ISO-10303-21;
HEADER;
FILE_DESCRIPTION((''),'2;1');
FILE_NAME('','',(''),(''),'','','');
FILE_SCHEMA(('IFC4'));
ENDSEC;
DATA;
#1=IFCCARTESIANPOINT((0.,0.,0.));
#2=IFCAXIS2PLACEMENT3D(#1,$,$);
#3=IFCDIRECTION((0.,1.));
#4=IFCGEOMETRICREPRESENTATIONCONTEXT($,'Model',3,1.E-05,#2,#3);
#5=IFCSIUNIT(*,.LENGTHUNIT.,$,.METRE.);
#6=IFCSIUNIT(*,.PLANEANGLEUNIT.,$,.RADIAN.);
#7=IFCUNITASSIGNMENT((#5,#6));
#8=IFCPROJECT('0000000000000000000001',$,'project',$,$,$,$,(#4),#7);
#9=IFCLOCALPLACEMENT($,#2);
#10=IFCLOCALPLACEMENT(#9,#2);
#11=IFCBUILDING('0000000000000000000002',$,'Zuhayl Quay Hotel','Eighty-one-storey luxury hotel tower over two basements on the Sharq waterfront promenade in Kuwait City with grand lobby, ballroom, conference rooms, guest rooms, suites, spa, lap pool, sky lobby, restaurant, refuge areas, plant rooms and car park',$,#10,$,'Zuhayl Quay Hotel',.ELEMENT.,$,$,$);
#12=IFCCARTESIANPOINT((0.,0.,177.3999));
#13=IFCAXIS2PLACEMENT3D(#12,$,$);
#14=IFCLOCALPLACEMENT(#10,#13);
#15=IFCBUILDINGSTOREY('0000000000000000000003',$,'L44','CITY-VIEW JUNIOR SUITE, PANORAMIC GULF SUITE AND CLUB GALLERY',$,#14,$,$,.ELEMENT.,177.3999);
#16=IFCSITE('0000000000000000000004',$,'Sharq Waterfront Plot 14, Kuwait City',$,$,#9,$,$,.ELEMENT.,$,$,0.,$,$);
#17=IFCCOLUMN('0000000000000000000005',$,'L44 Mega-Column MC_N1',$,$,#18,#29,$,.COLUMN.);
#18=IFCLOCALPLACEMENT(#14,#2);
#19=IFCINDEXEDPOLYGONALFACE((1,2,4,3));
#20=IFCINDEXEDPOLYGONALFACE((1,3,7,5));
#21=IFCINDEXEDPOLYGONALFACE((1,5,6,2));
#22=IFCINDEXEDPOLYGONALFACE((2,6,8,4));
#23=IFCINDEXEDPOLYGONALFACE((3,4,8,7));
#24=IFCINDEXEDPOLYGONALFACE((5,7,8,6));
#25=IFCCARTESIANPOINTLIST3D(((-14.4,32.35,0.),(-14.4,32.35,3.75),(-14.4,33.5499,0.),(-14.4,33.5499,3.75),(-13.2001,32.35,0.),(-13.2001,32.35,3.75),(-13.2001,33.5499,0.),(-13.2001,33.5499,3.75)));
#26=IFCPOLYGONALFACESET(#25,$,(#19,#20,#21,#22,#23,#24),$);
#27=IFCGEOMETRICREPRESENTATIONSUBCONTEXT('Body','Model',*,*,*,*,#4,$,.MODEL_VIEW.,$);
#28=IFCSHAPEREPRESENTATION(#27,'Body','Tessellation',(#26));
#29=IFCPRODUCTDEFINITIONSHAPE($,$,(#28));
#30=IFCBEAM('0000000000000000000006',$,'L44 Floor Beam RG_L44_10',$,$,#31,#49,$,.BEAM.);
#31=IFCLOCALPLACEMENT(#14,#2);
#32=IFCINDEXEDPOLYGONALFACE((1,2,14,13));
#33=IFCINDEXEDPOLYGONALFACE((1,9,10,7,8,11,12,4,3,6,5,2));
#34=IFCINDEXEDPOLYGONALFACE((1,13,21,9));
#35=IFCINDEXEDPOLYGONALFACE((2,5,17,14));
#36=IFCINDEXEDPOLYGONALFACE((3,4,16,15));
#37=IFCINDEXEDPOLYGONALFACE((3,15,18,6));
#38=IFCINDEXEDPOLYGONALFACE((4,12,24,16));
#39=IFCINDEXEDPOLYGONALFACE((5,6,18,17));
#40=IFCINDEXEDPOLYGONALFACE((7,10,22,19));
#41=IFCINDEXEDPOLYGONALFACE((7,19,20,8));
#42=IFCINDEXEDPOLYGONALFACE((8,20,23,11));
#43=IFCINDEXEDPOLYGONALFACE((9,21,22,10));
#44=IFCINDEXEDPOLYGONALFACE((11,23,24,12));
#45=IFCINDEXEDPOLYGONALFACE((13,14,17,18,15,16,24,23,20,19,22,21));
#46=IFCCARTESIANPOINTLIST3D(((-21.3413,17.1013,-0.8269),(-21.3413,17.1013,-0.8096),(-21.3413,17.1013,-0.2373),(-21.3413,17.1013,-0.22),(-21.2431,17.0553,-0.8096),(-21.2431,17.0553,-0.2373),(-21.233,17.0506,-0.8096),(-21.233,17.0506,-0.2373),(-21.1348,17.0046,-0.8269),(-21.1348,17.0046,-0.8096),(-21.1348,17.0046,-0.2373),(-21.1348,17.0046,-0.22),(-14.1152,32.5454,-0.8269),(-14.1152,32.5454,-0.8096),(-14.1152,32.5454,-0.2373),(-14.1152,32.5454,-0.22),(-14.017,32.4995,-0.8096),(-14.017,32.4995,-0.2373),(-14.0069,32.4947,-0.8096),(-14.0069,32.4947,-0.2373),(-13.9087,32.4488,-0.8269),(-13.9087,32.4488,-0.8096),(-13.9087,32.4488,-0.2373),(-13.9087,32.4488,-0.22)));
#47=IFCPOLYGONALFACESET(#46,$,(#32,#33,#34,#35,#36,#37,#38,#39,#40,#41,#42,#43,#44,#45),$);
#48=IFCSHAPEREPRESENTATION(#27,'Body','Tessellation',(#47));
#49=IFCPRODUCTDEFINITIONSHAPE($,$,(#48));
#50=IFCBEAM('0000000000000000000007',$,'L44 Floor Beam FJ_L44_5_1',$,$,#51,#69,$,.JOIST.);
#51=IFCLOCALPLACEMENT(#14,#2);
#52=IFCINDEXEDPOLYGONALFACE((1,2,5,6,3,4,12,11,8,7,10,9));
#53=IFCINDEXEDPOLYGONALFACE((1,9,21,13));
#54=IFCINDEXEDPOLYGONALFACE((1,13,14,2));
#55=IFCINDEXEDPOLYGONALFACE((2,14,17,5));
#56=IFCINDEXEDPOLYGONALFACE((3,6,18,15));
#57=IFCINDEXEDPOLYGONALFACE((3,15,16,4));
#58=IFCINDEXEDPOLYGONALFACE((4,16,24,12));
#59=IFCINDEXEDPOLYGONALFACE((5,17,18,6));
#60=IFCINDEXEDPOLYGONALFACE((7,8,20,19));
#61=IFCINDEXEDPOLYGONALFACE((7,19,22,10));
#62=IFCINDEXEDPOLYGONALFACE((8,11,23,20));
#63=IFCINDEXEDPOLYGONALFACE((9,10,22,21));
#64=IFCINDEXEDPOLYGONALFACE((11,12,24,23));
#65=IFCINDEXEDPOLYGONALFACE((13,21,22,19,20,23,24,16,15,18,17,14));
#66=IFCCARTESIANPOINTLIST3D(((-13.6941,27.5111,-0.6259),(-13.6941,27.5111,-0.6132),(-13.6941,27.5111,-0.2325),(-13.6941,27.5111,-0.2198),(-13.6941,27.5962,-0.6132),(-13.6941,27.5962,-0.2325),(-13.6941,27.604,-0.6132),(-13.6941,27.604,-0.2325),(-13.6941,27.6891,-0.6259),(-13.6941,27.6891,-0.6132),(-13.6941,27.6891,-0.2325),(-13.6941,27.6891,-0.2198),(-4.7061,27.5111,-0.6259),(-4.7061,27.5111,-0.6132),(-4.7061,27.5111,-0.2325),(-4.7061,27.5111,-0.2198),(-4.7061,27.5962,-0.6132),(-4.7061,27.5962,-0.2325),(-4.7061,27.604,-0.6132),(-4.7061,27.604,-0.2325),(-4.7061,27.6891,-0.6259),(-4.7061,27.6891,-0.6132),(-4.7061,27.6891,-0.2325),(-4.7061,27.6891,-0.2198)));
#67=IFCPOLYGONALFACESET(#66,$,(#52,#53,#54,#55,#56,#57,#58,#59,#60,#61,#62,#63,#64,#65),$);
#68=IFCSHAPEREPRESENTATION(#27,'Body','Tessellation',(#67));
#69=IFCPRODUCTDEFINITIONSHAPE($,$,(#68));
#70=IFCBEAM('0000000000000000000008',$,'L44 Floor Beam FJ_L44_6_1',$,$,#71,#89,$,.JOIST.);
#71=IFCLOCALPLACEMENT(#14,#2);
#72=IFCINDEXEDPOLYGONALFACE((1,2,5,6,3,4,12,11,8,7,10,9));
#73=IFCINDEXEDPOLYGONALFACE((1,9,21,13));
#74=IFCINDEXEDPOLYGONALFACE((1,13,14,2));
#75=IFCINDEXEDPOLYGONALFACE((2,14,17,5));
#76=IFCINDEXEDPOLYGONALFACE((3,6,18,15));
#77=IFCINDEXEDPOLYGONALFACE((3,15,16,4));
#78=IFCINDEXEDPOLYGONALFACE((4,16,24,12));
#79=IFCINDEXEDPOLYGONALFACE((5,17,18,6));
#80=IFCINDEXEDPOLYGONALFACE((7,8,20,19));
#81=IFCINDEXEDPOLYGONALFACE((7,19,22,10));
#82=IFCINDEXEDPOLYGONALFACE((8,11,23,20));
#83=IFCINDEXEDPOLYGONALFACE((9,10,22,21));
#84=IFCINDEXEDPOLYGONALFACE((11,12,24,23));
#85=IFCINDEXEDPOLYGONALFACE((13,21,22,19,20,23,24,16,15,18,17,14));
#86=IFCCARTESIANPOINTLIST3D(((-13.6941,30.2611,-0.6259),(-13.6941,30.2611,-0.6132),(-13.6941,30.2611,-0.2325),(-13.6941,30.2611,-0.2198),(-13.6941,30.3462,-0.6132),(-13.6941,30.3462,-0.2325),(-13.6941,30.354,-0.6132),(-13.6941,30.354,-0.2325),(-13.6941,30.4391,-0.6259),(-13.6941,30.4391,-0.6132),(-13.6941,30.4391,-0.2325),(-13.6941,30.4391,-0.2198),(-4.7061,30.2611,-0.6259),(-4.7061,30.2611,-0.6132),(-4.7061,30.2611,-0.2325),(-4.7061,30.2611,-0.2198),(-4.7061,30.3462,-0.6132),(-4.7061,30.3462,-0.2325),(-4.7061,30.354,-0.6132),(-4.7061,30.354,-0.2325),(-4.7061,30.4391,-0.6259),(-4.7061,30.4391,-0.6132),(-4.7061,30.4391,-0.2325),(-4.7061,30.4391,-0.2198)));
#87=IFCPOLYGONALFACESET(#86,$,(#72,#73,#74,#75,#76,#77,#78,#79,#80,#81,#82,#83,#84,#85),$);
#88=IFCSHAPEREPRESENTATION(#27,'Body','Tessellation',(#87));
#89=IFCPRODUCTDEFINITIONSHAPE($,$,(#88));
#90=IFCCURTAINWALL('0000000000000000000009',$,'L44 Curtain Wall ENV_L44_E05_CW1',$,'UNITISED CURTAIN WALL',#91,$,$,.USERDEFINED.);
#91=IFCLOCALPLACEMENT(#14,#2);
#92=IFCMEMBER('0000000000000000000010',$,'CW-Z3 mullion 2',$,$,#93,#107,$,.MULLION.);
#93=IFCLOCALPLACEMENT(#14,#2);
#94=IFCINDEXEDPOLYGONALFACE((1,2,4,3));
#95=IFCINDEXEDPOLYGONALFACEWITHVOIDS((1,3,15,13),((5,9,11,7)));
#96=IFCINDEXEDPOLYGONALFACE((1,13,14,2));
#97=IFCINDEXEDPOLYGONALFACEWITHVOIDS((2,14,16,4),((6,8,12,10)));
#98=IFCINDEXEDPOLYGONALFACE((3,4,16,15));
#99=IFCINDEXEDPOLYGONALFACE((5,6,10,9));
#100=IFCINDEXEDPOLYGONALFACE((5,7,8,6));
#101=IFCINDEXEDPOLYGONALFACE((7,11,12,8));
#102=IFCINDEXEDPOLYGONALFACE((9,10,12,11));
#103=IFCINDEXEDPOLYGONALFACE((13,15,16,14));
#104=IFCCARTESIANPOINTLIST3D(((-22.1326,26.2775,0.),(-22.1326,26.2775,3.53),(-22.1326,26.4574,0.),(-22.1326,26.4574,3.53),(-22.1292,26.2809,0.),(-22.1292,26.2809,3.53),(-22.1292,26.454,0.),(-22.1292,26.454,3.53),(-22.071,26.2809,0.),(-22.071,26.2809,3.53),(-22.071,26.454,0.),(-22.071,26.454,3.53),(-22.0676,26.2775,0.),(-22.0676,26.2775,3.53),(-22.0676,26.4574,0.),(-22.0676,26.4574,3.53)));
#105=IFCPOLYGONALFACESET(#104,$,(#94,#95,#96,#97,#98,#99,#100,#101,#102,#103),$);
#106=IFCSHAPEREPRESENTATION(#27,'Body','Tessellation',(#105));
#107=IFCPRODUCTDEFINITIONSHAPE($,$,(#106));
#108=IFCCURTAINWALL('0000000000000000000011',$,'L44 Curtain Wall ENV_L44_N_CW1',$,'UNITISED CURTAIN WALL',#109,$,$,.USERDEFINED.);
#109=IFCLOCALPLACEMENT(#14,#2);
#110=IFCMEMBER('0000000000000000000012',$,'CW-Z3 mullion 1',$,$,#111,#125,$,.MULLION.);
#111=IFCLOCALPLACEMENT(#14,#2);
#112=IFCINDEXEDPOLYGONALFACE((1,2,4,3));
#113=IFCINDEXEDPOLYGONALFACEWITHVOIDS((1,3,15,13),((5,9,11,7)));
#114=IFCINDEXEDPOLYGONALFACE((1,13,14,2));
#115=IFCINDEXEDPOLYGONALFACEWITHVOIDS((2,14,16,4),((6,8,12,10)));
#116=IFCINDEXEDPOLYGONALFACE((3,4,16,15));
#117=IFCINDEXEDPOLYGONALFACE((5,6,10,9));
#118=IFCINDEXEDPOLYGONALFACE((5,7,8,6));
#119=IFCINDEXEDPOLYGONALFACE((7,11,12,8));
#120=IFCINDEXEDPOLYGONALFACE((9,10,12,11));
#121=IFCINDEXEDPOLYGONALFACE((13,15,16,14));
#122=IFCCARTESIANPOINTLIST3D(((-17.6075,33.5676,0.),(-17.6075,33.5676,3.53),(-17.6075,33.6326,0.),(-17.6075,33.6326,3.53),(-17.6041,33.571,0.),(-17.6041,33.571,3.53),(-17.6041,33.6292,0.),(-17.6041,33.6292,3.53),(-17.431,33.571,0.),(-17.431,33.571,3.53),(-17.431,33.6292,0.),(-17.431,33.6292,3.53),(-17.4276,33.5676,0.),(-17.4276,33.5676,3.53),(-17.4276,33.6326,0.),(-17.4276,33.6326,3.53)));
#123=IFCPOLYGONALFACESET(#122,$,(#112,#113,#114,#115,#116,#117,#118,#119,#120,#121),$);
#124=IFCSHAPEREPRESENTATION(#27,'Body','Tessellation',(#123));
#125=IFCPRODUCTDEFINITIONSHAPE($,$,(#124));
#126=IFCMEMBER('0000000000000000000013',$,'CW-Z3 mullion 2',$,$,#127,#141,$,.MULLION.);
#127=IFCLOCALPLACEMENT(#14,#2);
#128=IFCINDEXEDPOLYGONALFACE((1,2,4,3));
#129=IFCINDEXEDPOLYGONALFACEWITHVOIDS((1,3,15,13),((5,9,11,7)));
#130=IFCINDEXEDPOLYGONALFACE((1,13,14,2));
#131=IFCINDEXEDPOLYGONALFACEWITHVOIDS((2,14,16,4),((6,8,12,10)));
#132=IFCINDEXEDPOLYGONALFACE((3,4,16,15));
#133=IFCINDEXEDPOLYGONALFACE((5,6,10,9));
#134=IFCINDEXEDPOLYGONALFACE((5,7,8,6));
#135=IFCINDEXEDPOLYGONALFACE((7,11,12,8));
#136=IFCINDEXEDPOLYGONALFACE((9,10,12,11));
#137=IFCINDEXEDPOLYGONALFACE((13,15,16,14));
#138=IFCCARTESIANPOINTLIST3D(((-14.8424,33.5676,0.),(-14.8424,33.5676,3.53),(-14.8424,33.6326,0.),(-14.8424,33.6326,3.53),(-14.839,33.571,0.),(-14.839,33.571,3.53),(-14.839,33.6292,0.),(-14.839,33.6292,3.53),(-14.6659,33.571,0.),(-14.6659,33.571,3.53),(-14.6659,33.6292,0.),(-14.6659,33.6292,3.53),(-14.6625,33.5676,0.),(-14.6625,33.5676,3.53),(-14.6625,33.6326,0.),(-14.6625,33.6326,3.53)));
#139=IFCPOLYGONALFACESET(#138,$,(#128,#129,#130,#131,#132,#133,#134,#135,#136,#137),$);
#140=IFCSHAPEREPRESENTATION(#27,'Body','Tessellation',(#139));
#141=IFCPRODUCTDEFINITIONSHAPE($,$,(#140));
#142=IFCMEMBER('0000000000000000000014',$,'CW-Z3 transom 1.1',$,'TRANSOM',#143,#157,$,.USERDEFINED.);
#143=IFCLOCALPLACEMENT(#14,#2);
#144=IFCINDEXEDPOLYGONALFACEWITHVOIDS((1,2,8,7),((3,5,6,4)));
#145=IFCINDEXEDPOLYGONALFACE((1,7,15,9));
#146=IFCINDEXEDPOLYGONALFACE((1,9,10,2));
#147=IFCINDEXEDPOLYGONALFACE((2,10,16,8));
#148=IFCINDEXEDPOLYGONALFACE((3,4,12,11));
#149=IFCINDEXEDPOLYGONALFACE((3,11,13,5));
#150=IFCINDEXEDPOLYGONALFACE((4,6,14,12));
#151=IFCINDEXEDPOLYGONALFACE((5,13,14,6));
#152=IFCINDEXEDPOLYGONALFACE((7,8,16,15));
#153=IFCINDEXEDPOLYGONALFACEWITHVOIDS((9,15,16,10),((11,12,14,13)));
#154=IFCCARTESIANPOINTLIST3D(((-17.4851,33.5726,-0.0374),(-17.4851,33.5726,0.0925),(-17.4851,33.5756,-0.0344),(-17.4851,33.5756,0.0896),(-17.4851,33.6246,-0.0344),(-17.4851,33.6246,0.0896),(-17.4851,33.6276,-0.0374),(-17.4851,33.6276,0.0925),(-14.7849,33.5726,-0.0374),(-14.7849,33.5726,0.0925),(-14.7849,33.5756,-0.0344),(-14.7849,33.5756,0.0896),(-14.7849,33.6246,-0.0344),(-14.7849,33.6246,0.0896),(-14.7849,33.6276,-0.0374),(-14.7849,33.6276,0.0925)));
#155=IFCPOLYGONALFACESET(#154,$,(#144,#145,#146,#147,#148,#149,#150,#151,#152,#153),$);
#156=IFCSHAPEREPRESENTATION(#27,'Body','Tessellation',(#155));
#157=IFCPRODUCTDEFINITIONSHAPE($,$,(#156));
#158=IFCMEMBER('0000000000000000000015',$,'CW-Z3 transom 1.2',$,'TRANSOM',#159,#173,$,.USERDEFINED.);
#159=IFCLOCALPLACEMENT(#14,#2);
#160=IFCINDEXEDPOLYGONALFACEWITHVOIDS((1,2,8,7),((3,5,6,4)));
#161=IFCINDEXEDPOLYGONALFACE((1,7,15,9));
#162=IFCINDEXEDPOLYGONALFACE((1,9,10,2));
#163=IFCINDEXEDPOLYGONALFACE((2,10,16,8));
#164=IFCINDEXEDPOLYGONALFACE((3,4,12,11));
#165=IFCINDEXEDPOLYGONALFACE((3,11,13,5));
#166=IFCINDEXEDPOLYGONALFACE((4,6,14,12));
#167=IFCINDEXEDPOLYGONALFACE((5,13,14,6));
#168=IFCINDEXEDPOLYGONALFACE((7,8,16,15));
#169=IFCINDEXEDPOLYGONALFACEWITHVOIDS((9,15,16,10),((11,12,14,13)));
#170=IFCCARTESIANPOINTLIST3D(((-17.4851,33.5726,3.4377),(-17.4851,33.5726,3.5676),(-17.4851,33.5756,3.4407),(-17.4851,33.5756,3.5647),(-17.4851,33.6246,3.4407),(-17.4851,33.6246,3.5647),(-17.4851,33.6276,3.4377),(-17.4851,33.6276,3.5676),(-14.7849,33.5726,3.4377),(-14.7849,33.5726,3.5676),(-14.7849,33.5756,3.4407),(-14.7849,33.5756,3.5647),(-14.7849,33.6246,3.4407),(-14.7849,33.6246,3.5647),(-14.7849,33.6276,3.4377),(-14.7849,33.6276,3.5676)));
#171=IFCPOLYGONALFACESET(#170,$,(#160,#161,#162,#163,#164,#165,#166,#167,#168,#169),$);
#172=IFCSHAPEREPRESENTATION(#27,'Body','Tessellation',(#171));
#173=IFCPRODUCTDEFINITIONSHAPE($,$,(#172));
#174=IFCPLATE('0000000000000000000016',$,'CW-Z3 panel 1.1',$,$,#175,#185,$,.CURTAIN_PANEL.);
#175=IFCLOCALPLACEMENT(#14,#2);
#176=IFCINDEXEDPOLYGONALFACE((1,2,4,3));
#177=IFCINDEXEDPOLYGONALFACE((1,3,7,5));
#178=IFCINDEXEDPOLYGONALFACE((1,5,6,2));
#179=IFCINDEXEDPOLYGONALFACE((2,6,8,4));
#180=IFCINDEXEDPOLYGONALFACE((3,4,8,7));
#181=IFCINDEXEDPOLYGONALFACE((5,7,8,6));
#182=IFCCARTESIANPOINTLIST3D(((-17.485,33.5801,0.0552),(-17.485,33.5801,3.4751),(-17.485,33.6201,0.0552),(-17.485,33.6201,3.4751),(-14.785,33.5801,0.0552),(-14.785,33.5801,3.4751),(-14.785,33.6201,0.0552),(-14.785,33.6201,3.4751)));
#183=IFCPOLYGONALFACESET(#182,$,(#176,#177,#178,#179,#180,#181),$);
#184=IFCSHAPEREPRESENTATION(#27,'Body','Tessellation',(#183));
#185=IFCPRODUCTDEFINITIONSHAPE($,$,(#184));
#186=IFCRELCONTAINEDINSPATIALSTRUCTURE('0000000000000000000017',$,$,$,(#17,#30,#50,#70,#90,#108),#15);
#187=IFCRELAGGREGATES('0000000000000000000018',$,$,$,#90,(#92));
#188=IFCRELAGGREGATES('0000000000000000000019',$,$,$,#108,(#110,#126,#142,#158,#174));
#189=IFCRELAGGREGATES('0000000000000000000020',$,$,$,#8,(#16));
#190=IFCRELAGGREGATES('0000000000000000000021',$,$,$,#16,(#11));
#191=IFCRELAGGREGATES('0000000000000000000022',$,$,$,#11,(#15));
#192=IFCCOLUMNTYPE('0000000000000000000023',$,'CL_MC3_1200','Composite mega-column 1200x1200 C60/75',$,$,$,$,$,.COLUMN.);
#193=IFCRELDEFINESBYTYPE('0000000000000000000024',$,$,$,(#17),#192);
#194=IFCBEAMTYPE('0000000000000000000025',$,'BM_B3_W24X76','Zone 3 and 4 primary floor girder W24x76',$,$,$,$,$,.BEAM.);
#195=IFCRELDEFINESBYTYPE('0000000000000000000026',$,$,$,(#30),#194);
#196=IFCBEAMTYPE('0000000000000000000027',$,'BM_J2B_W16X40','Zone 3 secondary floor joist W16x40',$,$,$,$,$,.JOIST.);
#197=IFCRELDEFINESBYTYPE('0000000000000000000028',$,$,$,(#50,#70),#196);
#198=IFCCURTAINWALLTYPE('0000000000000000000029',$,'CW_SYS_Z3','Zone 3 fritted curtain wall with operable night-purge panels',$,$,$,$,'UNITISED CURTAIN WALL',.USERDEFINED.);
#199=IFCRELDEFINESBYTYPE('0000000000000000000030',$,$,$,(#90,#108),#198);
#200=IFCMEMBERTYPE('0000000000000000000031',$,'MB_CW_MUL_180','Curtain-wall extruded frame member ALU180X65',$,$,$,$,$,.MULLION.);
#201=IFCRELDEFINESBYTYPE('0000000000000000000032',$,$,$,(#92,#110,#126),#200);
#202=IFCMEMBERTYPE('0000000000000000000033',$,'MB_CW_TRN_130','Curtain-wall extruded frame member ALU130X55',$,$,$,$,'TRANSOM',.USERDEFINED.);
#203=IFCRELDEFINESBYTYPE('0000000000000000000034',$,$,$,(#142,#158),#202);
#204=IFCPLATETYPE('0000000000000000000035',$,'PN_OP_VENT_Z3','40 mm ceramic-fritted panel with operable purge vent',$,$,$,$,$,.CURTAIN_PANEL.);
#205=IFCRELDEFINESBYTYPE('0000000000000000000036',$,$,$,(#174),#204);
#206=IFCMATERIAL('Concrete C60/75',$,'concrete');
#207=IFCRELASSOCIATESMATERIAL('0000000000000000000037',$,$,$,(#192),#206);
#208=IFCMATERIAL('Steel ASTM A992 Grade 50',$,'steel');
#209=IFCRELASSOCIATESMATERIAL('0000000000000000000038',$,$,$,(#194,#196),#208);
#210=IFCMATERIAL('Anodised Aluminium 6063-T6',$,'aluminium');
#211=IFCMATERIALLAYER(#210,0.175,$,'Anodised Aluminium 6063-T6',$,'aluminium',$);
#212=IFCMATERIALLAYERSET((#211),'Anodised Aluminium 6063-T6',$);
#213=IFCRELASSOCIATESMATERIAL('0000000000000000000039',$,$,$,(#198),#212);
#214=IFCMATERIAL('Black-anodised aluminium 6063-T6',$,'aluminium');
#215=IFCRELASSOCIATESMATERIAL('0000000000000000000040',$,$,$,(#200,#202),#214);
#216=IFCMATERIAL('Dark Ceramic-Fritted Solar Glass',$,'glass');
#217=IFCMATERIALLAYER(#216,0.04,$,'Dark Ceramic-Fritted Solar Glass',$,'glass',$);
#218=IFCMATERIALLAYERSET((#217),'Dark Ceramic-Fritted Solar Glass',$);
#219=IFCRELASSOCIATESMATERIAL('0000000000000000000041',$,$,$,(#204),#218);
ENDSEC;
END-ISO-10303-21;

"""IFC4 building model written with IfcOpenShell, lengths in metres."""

from ifc_helpers import new_model, si_unit, direction, frame, origin, origin_2d, place, context, subcontext, project, spatial, rectangle, hollow_rectangle, i_section, extrude, material, layer, layer_set, material_profile, profile_set, type_object, element, aggregate, save


model = new_model("IFC4")

# Units and contexts
model_context = context("Model", 3, precision=1e-05, world=origin(), true_north=direction((0.0, 1.0)))
body_context = subcontext(model_context, "Body", "Model", "MODEL_VIEW")
ifc_project = project(units=[si_unit("LENGTHUNIT", "METRE"), si_unit("PLANEANGLEUNIT", "RADIAN")], contexts=[model_context])

# Site, building, storey
site_placement = place(None, origin())
site = spatial("IfcSite", under=ifc_project, at=site_placement, Name="Sharq Waterfront Plot 14, Kuwait City", CompositionType="ELEMENT", RefElevation=0.0)
building_placement = place(site_placement, origin())
building = spatial("IfcBuilding", under=site, at=building_placement, Name="Zuhayl Quay Hotel", Description="Eighty-one-storey luxury hotel tower over two basements on the Sharq waterfront promenade in Kuwait City with grand lobby, ballroom, conference rooms, guest rooms, suites, spa, lap pool, sky lobby, restaurant, refuge areas, plant rooms and car park", LongName="Zuhayl Quay Hotel", CompositionType="ELEMENT")
storey_placement = place(building_placement, frame((0.0, 0.0, 177.3999)))
storey = spatial("IfcBuildingStorey", under=building, at=storey_placement, Name="L44", Description="CITY-VIEW JUNIOR SUITE, PANORAMIC GULF SUITE AND CLUB GALLERY", CompositionType="ELEMENT", Elevation=177.3999)

# Column
ifc_material_1 = material(Name="Concrete C60/75", Category="concrete")
ifc_material_profile_1 = material_profile(ifc_material_1, rectangle(XDim=1.2, YDim=1.2, at=origin_2d()), Name="RC1200X1200")
ifc_profile_set_1 = profile_set([ifc_material_profile_1], Name="Concrete C60/75")
column_type = type_object("IfcColumnType", Name="CL_MC3_1200", Description="Composite mega-column 1200x1200 C60/75", PredefinedType="COLUMN", material=ifc_profile_set_1)
column_placement = place(storey_placement, frame((-13.8, 32.95, 0.0), z_axis=(0.0, 0.0, 1.0), x_axis=(1.0, 0.0, 0.0)))
element("IfcColumn", 1, at=column_placement, inside=storey, type_object=column_type, Name="L44 Mega-Column MC_N1", PredefinedType="COLUMN", context=body_context, shape_type="SweptSolid", body=[
    extrude(rectangle(XDim=1.2, YDim=1.2, at=origin_2d()), origin(), (0.0, 0.0, 1.0), 3.75),
])

# Beams
ifc_material_2 = material(Name="Steel ASTM A992 Grade 50", Category="steel")
ifc_material_profile_2 = material_profile(ifc_material_2, i_section(OverallWidth=0.228, OverallDepth=0.6069, WebThickness=0.0112, FlangeThickness=0.0173, at=origin_2d()), Name="W24X76")
ifc_profile_set_2 = profile_set([ifc_material_profile_2], Name="Steel ASTM A992 Grade 50")
beam_type_1 = type_object("IfcBeamType", Name="BM_B3_W24X76", Description="Zone 3 and 4 primary floor girder W24x76", PredefinedType="BEAM", material=ifc_profile_set_2)
beam_placement = place(storey_placement, frame((-14.012, 32.4971, -0.5234), z_axis=(-0.423792, -0.905759, 0.0), x_axis=(0.905759, -0.423792, 0.0)))
element("IfcBeam", 2, at=beam_placement, inside=storey, type_object=beam_type_1, Name="L44 Floor Beam RG_L44_10", PredefinedType="BEAM", context=body_context, shape_type="SweptSolid", body=[
    extrude(i_section(OverallWidth=0.228, OverallDepth=0.6069, WebThickness=0.0112, FlangeThickness=0.0173, at=origin_2d()), origin(), (0.0, 0.0, 1.0), 17.051),
])
ifc_material_profile_3 = material_profile(ifc_material_2, i_section(OverallWidth=0.178, OverallDepth=0.406, WebThickness=0.0078, FlangeThickness=0.0127, at=origin_2d()), Name="W16X40")
ifc_profile_set_3 = profile_set([ifc_material_profile_3], Name="Steel ASTM A992 Grade 50")
beam_type_2 = type_object("IfcBeamType", Name="BM_J2B_W16X40", Description="Zone 3 secondary floor joist W16x40", PredefinedType="JOIST", material=ifc_profile_set_3)
for number, where, z_axis, x_axis, name in (
    (3, (-13.6941, 27.6001, -0.4229), (1.0, 0.0, 0.0), (0.0, 1.0, 0.0), "L44 Floor Beam FJ_L44_5_1"),
    (4, (-13.6941, 30.3501, -0.4229), (1.0, 0.0, 0.0), (0.0, 1.0, 0.0), "L44 Floor Beam FJ_L44_6_1"),
):
    element("IfcBeam", number, at=place(storey_placement, frame(where, z_axis=z_axis, x_axis=x_axis)), inside=storey, type_object=beam_type_2, Name=name, PredefinedType="JOIST", context=body_context, shape_type="SweptSolid", body=[
        extrude(i_section(OverallWidth=0.178, OverallDepth=0.406, WebThickness=0.0078, FlangeThickness=0.0127, at=origin_2d()), origin(), (0.0, 0.0, 1.0), 8.988),
    ])

# Curtain wall, member
ifc_material_3 = material(Name="Anodised Aluminium 6063-T6", Category="aluminium")
ifc_layer_1 = layer(ifc_material_3, 0.175, Name="Anodised Aluminium 6063-T6", Category="aluminium")
ifc_layer_set_1 = layer_set([ifc_layer_1], Name="Anodised Aluminium 6063-T6")
curtain_wall_type = type_object("IfcCurtainWallType", Name="CW_SYS_Z3", Description="Zone 3 fritted curtain wall with operable night-purge panels", ElementType="UNITISED CURTAIN WALL", PredefinedType="USERDEFINED", material=ifc_layer_set_1)
curtain_wall_1_placement = place(storey_placement, origin())
curtain_wall_1 = element("IfcCurtainWall", 5, at=curtain_wall_1_placement, inside=storey, type_object=curtain_wall_type, Name="L44 Curtain Wall ENV_L44_E05_CW1", ObjectType="UNITISED CURTAIN WALL", PredefinedType="USERDEFINED")
ifc_material_4 = material(Name="Black-anodised aluminium 6063-T6", Category="aluminium")
ifc_material_profile_4 = material_profile(ifc_material_4, hollow_rectangle(XDim=0.0649, YDim=0.1799, WallThickness=0.0034, at=origin_2d()), Name="ALU180X65")
ifc_profile_set_4 = profile_set([ifc_material_profile_4], Name="Black-anodised aluminium 6063-T6")
member_type_1 = type_object("IfcMemberType", Name="MB_CW_MUL_180", Description="Curtain-wall extruded frame member ALU180X65", PredefinedType="MULLION", material=ifc_profile_set_4)
member_1_placement = place(storey_placement, frame((-22.1001, 26.3674, 0.0), z_axis=(0.0, 0.0, 1.0), x_axis=(-1.0, 0.0, 0.0)))
member_1 = element("IfcMember", 6, at=member_1_placement, type_object=member_type_1, Name="CW-Z3 mullion 2", PredefinedType="MULLION", context=body_context, shape_type="SweptSolid", body=[
    extrude(hollow_rectangle(XDim=0.0649, YDim=0.1799, WallThickness=0.0034, at=origin_2d()), origin(), (0.0, 0.0, 1.0), 3.53),
])
aggregate(curtain_wall_1, [member_1])

# Curtain wall, members, plate
curtain_wall_2_placement = place(storey_placement, origin())
curtain_wall_2 = element("IfcCurtainWall", 7, at=curtain_wall_2_placement, inside=storey, type_object=curtain_wall_type, Name="L44 Curtain Wall ENV_L44_N_CW1", ObjectType="UNITISED CURTAIN WALL", PredefinedType="USERDEFINED")
member_2_placement = place(storey_placement, frame((-17.5176, 33.6001, 0.0), z_axis=(0.0, 0.0, 1.0), x_axis=(0.0, 1.0, 0.0)))
member_2 = element("IfcMember", 8, at=member_2_placement, type_object=member_type_1, Name="CW-Z3 mullion 1", PredefinedType="MULLION", context=body_context, shape_type="SweptSolid", body=[
    extrude(hollow_rectangle(XDim=0.0649, YDim=0.1799, WallThickness=0.0034, at=origin_2d()), origin(), (0.0, 0.0, 1.0), 3.53),
])
member_3_placement = place(storey_placement, frame((-14.7524, 33.6001, 0.0), z_axis=(0.0, 0.0, 1.0), x_axis=(0.0, 1.0, 0.0)))
member_3 = element("IfcMember", 9, at=member_3_placement, type_object=member_type_1, Name="CW-Z3 mullion 2", PredefinedType="MULLION", context=body_context, shape_type="SweptSolid", body=[
    extrude(hollow_rectangle(XDim=0.0649, YDim=0.1799, WallThickness=0.0034, at=origin_2d()), origin(), (0.0, 0.0, 1.0), 3.53),
])
ifc_material_profile_5 = material_profile(ifc_material_4, hollow_rectangle(XDim=0.0549, YDim=0.1299, WallThickness=0.0029, at=origin_2d()), Name="ALU130X55")
ifc_profile_set_5 = profile_set([ifc_material_profile_5], Name="Black-anodised aluminium 6063-T6")
member_type_2 = type_object("IfcMemberType", Name="MB_CW_TRN_130", Description="Curtain-wall extruded frame member ALU130X55", ElementType="TRANSOM", PredefinedType="USERDEFINED", material=ifc_profile_set_5)
member_4_placement = place(storey_placement, frame((-17.4851, 33.6001, 0.0276), z_axis=(1.0, 0.0, 0.0), x_axis=(0.0, 1.0, 0.0)))
member_4 = element("IfcMember", 10, at=member_4_placement, type_object=member_type_2, Name="CW-Z3 transom 1.1", ObjectType="TRANSOM", PredefinedType="USERDEFINED", context=body_context, shape_type="SweptSolid", body=[
    extrude(hollow_rectangle(XDim=0.0549, YDim=0.1299, WallThickness=0.0029, at=origin_2d()), origin(), (0.0, 0.0, 1.0), 2.7002),
])
member_5_placement = place(storey_placement, frame((-17.4851, 33.6001, 3.5027), z_axis=(1.0, 0.0, 0.0), x_axis=(0.0, 1.0, 0.0)))
member_5 = element("IfcMember", 11, at=member_5_placement, type_object=member_type_2, Name="CW-Z3 transom 1.2", ObjectType="TRANSOM", PredefinedType="USERDEFINED", context=body_context, shape_type="SweptSolid", body=[
    extrude(hollow_rectangle(XDim=0.0549, YDim=0.1299, WallThickness=0.0029, at=origin_2d()), origin(), (0.0, 0.0, 1.0), 2.7002),
])
ifc_material_5 = material(Name="Dark Ceramic-Fritted Solar Glass", Category="glass")
ifc_layer_2 = layer(ifc_material_5, 0.04, Name="Dark Ceramic-Fritted Solar Glass", Category="glass")
ifc_layer_set_2 = layer_set([ifc_layer_2], Name="Dark Ceramic-Fritted Solar Glass")
plate_type = type_object("IfcPlateType", Name="PN_OP_VENT_Z3", Description="40 mm ceramic-fritted panel with operable purge vent", PredefinedType="CURTAIN_PANEL", material=ifc_layer_set_2)
plate_placement = place(storey_placement, frame((-16.135, 33.6001, 0.0552), z_axis=(0.0, 0.0, 1.0), x_axis=(1.0, 0.0, 0.0)))
plate = element("IfcPlate", 12, at=plate_placement, type_object=plate_type, Name="CW-Z3 panel 1.1", PredefinedType="CURTAIN_PANEL", context=body_context, shape_type="SweptSolid", body=[
    extrude(rectangle(XDim=2.7, YDim=0.04, at=origin_2d()), origin(), (0.0, 0.0, 1.0), 3.4199),
])
aggregate(curtain_wall_2, [member_2, member_3, member_4, member_5, plate])

save(model, "model.ifc")
